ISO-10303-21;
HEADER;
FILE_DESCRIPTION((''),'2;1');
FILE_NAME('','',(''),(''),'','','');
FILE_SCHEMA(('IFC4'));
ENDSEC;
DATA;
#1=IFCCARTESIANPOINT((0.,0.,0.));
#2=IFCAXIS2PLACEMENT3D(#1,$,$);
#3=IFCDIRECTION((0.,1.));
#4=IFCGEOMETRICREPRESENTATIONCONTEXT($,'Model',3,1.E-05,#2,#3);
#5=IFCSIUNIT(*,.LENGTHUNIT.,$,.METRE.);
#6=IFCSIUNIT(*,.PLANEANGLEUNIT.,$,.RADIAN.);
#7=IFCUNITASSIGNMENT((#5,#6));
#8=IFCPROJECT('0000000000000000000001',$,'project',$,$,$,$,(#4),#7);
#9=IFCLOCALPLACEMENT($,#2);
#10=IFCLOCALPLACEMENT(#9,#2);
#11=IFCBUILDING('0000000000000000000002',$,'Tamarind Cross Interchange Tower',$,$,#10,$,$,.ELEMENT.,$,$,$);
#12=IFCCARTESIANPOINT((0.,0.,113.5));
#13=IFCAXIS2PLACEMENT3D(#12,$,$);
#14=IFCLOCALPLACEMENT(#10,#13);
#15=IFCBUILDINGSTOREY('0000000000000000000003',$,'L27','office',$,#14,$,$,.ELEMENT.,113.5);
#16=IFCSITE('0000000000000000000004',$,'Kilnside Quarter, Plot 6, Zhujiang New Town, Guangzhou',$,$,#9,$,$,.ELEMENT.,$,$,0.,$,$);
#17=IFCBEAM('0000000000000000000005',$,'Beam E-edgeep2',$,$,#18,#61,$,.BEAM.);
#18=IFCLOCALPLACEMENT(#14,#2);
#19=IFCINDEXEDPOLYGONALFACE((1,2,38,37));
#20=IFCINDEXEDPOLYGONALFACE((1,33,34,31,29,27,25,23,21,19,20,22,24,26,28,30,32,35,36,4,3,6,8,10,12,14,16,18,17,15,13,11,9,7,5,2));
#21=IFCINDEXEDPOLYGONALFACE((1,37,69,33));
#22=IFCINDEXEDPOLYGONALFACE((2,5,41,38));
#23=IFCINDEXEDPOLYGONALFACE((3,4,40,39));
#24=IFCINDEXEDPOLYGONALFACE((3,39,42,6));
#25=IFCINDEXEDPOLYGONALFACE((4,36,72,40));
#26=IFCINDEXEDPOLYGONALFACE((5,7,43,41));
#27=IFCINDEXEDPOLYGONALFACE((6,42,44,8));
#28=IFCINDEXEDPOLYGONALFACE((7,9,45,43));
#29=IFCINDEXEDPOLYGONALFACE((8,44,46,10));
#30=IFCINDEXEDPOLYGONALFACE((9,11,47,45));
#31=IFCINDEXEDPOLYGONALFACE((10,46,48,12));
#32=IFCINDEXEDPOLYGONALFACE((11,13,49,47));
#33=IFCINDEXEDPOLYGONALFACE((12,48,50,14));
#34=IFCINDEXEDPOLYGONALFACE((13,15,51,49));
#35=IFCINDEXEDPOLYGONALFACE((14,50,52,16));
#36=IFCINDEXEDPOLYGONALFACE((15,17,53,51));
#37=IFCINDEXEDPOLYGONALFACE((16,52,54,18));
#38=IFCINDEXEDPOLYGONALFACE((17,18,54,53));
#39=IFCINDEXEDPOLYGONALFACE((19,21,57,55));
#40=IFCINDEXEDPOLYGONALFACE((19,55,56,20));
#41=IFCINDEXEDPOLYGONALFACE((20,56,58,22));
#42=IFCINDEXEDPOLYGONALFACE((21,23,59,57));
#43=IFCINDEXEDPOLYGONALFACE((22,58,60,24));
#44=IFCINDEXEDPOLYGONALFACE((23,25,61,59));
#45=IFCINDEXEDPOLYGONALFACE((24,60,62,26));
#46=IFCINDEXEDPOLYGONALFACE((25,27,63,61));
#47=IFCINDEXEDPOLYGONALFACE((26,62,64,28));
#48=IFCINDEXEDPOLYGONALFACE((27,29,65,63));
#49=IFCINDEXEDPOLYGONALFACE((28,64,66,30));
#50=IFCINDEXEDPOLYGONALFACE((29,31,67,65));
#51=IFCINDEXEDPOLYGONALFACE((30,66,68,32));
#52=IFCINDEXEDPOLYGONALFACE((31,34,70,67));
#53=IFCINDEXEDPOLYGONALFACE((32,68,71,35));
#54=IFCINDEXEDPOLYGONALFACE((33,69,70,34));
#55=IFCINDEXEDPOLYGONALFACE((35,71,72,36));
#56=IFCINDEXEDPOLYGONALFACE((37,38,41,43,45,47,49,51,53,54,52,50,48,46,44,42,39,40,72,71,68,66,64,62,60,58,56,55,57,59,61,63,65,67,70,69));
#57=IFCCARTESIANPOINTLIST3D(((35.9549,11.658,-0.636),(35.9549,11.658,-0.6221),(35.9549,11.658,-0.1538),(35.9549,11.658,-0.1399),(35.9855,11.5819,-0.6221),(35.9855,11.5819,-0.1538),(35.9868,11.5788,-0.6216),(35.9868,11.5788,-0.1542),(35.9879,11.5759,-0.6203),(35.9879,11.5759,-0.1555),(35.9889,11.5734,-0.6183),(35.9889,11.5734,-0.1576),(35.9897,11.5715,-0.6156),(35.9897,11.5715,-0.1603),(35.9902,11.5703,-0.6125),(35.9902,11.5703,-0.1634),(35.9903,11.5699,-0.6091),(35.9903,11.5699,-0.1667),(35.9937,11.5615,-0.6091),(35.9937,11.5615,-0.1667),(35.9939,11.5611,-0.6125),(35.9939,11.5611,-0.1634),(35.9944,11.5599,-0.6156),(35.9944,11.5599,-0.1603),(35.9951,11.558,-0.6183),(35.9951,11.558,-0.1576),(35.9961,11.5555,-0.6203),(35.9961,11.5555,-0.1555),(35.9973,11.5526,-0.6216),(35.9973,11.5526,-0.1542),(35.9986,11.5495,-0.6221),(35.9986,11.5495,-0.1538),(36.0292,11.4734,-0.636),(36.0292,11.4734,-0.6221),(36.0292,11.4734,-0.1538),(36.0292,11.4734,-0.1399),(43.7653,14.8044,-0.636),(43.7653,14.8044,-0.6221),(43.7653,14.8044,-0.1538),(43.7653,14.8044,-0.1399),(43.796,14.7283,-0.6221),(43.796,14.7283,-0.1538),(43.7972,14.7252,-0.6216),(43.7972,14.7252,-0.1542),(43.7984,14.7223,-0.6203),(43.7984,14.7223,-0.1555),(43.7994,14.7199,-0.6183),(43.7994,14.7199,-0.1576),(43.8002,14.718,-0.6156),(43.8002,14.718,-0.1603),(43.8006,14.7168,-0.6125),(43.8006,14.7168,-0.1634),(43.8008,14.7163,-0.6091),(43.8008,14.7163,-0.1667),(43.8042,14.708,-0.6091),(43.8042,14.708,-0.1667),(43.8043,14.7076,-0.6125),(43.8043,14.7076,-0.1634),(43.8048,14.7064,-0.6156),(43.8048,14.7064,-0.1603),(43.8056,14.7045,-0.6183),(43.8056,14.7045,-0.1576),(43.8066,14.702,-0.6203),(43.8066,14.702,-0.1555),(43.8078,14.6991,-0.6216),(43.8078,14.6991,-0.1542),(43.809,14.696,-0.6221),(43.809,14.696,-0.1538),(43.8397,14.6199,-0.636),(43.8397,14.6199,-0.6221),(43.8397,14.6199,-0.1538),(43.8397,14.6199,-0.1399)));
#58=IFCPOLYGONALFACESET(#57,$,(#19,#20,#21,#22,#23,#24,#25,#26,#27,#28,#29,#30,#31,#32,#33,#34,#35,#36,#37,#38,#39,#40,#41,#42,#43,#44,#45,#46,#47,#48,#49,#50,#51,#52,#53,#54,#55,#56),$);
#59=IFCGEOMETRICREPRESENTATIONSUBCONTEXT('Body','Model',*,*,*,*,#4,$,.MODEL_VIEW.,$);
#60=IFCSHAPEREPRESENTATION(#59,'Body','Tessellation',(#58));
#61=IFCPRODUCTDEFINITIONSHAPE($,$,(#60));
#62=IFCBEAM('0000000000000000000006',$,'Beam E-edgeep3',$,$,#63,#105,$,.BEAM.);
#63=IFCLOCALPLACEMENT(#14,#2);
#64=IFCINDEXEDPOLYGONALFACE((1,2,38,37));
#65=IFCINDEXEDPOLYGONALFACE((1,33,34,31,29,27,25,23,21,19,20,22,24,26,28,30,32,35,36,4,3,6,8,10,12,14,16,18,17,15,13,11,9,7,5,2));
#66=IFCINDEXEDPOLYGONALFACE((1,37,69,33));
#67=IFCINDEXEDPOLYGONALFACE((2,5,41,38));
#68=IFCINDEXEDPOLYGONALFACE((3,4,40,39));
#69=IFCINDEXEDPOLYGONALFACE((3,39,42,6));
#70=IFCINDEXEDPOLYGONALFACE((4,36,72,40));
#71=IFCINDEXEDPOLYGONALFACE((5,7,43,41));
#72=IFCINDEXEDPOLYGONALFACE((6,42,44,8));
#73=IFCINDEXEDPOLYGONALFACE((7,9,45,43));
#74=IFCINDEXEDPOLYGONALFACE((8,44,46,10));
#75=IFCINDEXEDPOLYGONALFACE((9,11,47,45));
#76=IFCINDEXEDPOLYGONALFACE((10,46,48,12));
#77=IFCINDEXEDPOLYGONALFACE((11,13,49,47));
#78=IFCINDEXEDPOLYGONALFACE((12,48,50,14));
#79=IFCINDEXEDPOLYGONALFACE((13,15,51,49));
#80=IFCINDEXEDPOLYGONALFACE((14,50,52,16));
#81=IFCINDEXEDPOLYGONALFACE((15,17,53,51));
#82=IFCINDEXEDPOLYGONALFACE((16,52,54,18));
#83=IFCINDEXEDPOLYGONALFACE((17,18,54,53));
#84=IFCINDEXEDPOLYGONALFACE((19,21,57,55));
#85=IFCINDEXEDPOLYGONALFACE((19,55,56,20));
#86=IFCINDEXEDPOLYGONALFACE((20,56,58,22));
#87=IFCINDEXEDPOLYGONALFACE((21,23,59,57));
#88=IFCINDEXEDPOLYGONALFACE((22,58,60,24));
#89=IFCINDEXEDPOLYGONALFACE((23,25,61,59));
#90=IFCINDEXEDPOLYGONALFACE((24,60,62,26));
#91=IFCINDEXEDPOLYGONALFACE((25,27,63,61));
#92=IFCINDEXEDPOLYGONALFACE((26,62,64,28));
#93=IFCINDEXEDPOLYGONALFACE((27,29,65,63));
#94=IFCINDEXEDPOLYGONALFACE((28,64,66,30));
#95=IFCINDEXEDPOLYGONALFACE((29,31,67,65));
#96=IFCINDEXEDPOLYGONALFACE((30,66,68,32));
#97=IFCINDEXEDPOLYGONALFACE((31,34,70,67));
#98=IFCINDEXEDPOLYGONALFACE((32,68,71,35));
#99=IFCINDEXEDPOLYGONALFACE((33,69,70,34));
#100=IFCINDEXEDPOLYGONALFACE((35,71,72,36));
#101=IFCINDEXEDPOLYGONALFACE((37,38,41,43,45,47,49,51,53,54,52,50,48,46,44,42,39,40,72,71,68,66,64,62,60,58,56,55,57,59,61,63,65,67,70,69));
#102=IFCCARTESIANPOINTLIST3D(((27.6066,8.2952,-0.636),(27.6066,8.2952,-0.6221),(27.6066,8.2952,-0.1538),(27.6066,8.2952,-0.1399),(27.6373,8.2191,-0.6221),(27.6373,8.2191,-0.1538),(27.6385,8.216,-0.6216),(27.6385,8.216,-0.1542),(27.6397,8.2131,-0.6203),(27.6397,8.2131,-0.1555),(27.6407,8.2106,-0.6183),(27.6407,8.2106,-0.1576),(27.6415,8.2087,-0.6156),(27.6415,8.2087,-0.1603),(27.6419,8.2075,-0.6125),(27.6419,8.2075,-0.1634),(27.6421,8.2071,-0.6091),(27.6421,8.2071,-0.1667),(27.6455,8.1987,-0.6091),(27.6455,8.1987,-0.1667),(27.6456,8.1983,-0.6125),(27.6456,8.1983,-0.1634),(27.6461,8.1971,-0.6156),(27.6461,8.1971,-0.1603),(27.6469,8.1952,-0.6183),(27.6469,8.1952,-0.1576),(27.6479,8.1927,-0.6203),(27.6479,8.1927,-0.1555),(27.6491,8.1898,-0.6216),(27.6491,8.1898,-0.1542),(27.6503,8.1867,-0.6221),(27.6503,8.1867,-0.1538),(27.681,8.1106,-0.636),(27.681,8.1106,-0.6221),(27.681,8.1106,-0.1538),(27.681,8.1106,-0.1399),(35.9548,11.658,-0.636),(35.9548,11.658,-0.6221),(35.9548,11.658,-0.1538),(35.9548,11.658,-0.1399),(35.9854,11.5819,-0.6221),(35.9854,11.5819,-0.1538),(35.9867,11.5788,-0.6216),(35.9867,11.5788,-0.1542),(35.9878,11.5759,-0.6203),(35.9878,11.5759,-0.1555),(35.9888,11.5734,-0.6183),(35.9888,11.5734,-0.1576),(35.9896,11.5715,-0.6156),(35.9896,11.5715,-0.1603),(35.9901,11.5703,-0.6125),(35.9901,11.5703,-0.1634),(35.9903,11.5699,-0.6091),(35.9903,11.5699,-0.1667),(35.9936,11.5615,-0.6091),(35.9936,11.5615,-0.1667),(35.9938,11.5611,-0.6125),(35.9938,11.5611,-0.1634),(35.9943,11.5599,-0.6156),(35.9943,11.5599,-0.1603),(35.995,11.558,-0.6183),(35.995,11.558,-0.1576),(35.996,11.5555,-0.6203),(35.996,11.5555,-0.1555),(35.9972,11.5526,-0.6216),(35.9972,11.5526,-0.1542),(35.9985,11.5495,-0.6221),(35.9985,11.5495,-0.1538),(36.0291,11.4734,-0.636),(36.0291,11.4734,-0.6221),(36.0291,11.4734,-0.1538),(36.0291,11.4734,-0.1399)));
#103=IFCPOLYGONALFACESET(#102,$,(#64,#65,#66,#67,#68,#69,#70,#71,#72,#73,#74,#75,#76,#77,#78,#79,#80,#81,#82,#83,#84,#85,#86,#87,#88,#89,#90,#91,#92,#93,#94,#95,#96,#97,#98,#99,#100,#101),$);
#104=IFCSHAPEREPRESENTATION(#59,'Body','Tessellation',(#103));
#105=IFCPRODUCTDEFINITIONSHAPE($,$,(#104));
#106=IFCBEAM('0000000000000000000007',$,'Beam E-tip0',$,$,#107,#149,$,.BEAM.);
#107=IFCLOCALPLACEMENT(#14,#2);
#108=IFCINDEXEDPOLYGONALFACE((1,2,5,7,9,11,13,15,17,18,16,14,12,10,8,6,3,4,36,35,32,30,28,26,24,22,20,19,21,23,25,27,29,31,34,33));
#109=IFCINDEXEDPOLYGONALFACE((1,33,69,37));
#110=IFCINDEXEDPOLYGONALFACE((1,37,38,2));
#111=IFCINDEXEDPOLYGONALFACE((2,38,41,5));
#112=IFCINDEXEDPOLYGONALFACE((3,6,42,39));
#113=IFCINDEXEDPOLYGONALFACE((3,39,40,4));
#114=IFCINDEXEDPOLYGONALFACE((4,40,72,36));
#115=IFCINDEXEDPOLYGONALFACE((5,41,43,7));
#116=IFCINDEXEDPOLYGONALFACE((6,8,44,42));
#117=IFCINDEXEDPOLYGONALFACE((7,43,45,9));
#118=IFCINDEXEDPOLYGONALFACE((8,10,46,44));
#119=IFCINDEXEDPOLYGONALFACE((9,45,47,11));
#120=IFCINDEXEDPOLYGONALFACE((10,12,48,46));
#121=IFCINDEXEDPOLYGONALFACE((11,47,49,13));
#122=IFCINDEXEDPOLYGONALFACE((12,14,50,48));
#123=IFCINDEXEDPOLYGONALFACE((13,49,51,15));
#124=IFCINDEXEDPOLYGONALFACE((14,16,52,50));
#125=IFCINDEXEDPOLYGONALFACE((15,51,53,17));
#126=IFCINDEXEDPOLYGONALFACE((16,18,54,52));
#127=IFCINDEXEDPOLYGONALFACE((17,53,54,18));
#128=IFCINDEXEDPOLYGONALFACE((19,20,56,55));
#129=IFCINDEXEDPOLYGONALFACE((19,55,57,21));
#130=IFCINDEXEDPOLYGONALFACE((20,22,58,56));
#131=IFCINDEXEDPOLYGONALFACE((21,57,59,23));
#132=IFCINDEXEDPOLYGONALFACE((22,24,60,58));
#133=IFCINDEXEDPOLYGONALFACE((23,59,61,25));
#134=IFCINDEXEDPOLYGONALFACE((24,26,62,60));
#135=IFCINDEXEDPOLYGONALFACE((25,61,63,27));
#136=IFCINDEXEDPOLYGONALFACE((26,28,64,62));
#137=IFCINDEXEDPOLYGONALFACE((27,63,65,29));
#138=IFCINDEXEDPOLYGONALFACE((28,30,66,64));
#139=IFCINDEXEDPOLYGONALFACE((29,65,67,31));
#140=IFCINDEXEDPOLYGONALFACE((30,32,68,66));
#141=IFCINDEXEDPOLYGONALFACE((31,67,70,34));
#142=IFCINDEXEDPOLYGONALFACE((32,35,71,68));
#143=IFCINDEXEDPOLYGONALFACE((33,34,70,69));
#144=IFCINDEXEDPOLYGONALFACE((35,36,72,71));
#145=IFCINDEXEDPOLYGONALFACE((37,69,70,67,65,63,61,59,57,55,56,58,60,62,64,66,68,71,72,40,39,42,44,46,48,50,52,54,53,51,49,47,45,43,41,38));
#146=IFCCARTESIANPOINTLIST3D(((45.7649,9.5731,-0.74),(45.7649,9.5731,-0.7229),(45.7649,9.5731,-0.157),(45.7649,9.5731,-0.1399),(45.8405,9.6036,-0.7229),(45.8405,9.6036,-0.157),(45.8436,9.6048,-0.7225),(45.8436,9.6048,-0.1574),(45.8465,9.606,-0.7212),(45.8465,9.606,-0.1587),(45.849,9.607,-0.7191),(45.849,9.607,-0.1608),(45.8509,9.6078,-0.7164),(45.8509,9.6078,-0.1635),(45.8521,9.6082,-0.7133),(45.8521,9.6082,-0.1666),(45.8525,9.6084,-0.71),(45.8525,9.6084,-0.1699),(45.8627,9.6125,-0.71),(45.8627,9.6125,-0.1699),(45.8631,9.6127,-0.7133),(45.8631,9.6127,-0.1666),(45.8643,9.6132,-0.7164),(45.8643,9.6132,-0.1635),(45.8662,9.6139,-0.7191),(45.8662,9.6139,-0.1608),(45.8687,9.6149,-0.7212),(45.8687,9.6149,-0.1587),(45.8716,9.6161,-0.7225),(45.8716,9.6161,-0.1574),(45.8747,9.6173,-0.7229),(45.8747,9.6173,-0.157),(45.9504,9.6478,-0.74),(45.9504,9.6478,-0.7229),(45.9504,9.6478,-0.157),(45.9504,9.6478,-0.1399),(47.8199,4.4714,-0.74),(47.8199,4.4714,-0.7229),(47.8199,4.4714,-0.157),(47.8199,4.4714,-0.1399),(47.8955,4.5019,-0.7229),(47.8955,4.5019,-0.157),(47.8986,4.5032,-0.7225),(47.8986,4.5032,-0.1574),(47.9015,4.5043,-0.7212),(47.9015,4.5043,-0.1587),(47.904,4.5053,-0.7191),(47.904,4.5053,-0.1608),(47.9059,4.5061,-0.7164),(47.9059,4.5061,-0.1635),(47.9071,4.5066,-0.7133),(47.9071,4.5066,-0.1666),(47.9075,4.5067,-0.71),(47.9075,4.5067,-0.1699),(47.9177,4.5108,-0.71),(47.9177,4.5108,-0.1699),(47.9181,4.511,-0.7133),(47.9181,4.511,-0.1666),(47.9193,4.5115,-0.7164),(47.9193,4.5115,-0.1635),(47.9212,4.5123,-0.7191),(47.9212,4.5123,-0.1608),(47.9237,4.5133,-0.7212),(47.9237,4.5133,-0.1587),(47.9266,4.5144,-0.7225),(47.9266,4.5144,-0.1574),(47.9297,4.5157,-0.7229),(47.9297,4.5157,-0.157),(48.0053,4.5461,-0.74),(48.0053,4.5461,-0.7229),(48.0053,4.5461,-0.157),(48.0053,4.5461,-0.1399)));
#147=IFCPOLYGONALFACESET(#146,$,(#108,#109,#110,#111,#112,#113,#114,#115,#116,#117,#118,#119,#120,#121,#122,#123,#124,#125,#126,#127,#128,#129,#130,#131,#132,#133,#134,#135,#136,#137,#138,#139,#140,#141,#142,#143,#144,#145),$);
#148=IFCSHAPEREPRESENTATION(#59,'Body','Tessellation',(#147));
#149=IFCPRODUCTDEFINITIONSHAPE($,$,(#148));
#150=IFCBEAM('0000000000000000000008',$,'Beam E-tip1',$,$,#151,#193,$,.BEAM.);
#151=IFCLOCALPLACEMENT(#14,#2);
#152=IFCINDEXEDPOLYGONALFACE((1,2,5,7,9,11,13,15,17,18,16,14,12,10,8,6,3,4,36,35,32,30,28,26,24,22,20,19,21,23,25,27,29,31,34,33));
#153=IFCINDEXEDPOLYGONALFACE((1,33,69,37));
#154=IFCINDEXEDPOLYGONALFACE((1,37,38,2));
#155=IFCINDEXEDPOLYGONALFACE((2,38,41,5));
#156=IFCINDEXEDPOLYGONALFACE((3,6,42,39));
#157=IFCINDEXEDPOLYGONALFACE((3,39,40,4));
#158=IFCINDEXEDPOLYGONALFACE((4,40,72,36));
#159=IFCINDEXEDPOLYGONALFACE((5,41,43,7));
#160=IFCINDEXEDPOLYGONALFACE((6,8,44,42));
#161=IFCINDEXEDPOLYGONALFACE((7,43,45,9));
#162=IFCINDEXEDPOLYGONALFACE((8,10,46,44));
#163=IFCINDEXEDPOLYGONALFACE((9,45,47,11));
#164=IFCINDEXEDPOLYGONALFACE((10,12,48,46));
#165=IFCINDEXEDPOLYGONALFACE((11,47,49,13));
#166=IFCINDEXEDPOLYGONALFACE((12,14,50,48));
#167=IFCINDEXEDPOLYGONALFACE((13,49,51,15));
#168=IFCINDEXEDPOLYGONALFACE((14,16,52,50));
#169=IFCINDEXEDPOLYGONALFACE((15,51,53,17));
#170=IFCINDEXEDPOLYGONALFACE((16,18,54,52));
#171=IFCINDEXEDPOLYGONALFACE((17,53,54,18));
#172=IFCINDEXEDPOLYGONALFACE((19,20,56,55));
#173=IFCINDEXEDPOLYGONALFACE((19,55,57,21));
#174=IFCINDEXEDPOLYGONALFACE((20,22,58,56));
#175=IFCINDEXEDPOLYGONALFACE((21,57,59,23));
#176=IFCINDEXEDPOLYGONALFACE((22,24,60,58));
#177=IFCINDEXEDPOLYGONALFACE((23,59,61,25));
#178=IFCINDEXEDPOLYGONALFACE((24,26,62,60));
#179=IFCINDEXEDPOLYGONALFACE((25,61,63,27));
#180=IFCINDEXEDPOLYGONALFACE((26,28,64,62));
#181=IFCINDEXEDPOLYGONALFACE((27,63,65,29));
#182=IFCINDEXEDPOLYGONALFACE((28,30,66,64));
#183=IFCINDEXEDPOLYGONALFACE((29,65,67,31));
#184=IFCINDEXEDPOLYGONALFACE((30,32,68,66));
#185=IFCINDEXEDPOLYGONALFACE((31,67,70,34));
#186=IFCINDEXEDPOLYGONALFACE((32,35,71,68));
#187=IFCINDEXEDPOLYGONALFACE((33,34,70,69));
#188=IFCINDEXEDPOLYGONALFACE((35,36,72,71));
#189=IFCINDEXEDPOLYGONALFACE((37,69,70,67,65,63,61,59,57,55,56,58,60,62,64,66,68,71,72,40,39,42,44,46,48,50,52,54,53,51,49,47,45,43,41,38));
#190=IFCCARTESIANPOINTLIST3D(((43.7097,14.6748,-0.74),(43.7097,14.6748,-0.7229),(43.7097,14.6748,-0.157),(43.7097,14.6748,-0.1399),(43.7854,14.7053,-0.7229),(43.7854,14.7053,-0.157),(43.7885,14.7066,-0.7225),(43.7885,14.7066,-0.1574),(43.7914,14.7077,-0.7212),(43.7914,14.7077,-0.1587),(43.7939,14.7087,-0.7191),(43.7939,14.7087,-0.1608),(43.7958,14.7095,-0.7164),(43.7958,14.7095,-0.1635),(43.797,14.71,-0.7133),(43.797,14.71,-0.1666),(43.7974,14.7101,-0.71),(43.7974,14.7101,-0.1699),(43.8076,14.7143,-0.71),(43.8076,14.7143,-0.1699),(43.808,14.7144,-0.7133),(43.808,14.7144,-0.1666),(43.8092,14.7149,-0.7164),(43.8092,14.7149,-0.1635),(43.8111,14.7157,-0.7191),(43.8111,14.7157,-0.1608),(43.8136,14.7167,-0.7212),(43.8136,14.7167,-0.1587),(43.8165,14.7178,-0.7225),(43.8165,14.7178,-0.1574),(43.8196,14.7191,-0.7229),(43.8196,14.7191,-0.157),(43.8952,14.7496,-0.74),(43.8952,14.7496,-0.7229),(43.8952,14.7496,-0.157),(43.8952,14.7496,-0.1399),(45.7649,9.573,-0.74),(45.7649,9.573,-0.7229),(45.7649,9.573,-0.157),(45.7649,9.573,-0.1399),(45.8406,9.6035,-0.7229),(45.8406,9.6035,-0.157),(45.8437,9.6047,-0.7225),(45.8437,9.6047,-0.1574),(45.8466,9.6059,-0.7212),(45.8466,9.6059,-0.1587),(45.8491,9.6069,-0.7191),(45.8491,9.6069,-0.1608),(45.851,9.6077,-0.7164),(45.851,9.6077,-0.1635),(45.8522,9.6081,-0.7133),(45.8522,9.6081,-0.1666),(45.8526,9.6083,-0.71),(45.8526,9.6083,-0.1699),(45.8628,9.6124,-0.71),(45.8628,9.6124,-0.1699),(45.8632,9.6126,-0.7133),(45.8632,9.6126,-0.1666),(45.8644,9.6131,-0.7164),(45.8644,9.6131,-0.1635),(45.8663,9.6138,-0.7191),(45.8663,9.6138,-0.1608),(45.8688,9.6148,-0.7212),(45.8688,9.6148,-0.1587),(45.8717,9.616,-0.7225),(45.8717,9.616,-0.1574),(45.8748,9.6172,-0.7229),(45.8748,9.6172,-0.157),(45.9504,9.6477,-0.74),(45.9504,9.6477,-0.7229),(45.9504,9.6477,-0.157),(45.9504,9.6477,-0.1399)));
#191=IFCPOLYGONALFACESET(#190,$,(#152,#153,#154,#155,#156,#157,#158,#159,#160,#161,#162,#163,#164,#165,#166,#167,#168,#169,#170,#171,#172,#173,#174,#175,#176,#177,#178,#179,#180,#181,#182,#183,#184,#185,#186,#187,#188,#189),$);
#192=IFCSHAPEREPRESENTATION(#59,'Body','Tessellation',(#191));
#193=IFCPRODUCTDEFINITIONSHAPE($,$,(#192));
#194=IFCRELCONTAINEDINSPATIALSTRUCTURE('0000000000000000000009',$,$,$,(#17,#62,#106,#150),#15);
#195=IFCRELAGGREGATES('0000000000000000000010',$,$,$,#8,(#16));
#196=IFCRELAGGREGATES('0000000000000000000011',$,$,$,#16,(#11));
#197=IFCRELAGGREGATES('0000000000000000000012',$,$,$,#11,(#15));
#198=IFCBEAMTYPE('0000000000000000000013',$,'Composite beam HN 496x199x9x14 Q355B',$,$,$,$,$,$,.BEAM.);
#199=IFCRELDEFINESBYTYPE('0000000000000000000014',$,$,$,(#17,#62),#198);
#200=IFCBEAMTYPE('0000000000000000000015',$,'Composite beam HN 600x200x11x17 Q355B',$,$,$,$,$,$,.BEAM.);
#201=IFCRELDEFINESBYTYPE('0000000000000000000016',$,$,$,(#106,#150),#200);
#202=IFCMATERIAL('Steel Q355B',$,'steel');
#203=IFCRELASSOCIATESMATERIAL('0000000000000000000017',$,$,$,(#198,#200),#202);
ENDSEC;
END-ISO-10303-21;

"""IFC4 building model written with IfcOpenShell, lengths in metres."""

from ifc_helpers import new_model, si_unit, direction, frame, origin, origin_2d, place, context, subcontext, project, spatial, i_section, extrude, material, material_profile, profile_set, type_object, element, save


model = new_model("IFC4")

# Units and contexts
model_context = context("Model", 3, precision=1e-05, world=origin(), true_north=direction((0.0, 1.0)))
body_context = subcontext(model_context, "Body", "Model", "MODEL_VIEW")
ifc_project = project(units=[si_unit("LENGTHUNIT", "METRE"), si_unit("PLANEANGLEUNIT", "RADIAN")], contexts=[model_context])

# Site, building, storey
site_placement = place(None, origin())
site = spatial("IfcSite", under=ifc_project, at=site_placement, Name="Kilnside Quarter, Plot 6, Zhujiang New Town, Guangzhou", CompositionType="ELEMENT", RefElevation=0.0)
building_placement = place(site_placement, origin())
building = spatial("IfcBuilding", under=site, at=building_placement, Name="Tamarind Cross Interchange Tower", CompositionType="ELEMENT")
storey_placement = place(building_placement, frame((0.0, 0.0, 113.5)))
storey = spatial("IfcBuildingStorey", under=building, at=storey_placement, Name="L27", Description="office", CompositionType="ELEMENT", Elevation=113.5)

# Beams
ifc_material_1 = material(Name="Steel Q355B", Category="steel")
ifc_material_profile_1 = material_profile(ifc_material_1, i_section(OverallWidth=0.199, OverallDepth=0.4961, WebThickness=0.009, FlangeThickness=0.0139, FilletRadius=0.0129, at=origin_2d()), Name="HN 496x199x9x14")
ifc_profile_set_1 = profile_set([ifc_material_profile_1], Name="Steel Q355B")
beam_type_1 = type_object("IfcBeamType", Name="Composite beam HN 496x199x9x14 Q355B", PredefinedType="BEAM", material=ifc_profile_set_1)
beam_1_placement = place(storey_placement, frame((43.8025, 14.7122, -0.3879), z_axis=(-0.927562, -0.373669, 0.0), x_axis=(0.373669, -0.927562, 0.0)))
element("IfcBeam", 1, at=beam_1_placement, inside=storey, type_object=beam_type_1, Name="Beam E-edgeep2", PredefinedType="BEAM", context=body_context, shape_type="SweptSolid", body=[
    extrude(i_section(OverallWidth=0.199, OverallDepth=0.4961, WebThickness=0.009, FlangeThickness=0.0139, FilletRadius=0.0129, at=origin_2d()), origin(), (0.0, 0.0, 1.0), 8.4204),
])
beam_2_placement = place(storey_placement, frame((35.9919, 11.5657, -0.3879), z_axis=(-0.927572, -0.373644, 0.0), x_axis=(0.373644, -0.927572, 0.0)))
element("IfcBeam", 2, at=beam_2_placement, inside=storey, type_object=beam_type_1, Name="Beam E-edgeep3", PredefinedType="BEAM", context=body_context, shape_type="SweptSolid", body=[
    extrude(i_section(OverallWidth=0.199, OverallDepth=0.4961, WebThickness=0.009, FlangeThickness=0.0139, FilletRadius=0.0129, at=origin_2d()), origin(), (0.0, 0.0, 1.0), 9.0),
])
ifc_material_profile_2 = material_profile(ifc_material_1, i_section(OverallWidth=0.2, OverallDepth=0.6001, WebThickness=0.011, FlangeThickness=0.0171, FilletRadius=0.0129, at=origin_2d()), Name="HN 600x200x11x17")
ifc_profile_set_2 = profile_set([ifc_material_profile_2], Name="Steel Q355B")
beam_type_2 = type_object("IfcBeamType", Name="Composite beam HN 600x200x11x17 Q355B", PredefinedType="BEAM", material=ifc_profile_set_2)
beam_3_placement = place(storey_placement, frame((47.9126, 4.5088, -0.4399), z_axis=(-0.373632, 0.927577, 0.0), x_axis=(-0.927577, -0.373632, 0.0)))
element("IfcBeam", 3, at=beam_3_placement, inside=storey, type_object=beam_type_2, Name="Beam E-tip0", PredefinedType="BEAM", context=body_context, shape_type="SweptSolid", body=[
    extrude(i_section(OverallWidth=0.2, OverallDepth=0.6001, WebThickness=0.011, FlangeThickness=0.0171, FilletRadius=0.0129, at=origin_2d()), origin(), (0.0, 0.0, 1.0), 5.5),
])
beam_4_placement = place(storey_placement, frame((45.8577, 9.6104, -0.4399), z_axis=(-0.373655, 0.927568, 0.0), x_axis=(-0.927568, -0.373655, 0.0)))
element("IfcBeam", 4, at=beam_4_placement, inside=storey, type_object=beam_type_2, Name="Beam E-tip1", PredefinedType="BEAM", context=body_context, shape_type="SweptSolid", body=[
    extrude(i_section(OverallWidth=0.2, OverallDepth=0.6001, WebThickness=0.011, FlangeThickness=0.0171, FilletRadius=0.0129, at=origin_2d()), origin(), (0.0, 0.0, 1.0), 5.5002),
])

save(model, "model.ifc")
